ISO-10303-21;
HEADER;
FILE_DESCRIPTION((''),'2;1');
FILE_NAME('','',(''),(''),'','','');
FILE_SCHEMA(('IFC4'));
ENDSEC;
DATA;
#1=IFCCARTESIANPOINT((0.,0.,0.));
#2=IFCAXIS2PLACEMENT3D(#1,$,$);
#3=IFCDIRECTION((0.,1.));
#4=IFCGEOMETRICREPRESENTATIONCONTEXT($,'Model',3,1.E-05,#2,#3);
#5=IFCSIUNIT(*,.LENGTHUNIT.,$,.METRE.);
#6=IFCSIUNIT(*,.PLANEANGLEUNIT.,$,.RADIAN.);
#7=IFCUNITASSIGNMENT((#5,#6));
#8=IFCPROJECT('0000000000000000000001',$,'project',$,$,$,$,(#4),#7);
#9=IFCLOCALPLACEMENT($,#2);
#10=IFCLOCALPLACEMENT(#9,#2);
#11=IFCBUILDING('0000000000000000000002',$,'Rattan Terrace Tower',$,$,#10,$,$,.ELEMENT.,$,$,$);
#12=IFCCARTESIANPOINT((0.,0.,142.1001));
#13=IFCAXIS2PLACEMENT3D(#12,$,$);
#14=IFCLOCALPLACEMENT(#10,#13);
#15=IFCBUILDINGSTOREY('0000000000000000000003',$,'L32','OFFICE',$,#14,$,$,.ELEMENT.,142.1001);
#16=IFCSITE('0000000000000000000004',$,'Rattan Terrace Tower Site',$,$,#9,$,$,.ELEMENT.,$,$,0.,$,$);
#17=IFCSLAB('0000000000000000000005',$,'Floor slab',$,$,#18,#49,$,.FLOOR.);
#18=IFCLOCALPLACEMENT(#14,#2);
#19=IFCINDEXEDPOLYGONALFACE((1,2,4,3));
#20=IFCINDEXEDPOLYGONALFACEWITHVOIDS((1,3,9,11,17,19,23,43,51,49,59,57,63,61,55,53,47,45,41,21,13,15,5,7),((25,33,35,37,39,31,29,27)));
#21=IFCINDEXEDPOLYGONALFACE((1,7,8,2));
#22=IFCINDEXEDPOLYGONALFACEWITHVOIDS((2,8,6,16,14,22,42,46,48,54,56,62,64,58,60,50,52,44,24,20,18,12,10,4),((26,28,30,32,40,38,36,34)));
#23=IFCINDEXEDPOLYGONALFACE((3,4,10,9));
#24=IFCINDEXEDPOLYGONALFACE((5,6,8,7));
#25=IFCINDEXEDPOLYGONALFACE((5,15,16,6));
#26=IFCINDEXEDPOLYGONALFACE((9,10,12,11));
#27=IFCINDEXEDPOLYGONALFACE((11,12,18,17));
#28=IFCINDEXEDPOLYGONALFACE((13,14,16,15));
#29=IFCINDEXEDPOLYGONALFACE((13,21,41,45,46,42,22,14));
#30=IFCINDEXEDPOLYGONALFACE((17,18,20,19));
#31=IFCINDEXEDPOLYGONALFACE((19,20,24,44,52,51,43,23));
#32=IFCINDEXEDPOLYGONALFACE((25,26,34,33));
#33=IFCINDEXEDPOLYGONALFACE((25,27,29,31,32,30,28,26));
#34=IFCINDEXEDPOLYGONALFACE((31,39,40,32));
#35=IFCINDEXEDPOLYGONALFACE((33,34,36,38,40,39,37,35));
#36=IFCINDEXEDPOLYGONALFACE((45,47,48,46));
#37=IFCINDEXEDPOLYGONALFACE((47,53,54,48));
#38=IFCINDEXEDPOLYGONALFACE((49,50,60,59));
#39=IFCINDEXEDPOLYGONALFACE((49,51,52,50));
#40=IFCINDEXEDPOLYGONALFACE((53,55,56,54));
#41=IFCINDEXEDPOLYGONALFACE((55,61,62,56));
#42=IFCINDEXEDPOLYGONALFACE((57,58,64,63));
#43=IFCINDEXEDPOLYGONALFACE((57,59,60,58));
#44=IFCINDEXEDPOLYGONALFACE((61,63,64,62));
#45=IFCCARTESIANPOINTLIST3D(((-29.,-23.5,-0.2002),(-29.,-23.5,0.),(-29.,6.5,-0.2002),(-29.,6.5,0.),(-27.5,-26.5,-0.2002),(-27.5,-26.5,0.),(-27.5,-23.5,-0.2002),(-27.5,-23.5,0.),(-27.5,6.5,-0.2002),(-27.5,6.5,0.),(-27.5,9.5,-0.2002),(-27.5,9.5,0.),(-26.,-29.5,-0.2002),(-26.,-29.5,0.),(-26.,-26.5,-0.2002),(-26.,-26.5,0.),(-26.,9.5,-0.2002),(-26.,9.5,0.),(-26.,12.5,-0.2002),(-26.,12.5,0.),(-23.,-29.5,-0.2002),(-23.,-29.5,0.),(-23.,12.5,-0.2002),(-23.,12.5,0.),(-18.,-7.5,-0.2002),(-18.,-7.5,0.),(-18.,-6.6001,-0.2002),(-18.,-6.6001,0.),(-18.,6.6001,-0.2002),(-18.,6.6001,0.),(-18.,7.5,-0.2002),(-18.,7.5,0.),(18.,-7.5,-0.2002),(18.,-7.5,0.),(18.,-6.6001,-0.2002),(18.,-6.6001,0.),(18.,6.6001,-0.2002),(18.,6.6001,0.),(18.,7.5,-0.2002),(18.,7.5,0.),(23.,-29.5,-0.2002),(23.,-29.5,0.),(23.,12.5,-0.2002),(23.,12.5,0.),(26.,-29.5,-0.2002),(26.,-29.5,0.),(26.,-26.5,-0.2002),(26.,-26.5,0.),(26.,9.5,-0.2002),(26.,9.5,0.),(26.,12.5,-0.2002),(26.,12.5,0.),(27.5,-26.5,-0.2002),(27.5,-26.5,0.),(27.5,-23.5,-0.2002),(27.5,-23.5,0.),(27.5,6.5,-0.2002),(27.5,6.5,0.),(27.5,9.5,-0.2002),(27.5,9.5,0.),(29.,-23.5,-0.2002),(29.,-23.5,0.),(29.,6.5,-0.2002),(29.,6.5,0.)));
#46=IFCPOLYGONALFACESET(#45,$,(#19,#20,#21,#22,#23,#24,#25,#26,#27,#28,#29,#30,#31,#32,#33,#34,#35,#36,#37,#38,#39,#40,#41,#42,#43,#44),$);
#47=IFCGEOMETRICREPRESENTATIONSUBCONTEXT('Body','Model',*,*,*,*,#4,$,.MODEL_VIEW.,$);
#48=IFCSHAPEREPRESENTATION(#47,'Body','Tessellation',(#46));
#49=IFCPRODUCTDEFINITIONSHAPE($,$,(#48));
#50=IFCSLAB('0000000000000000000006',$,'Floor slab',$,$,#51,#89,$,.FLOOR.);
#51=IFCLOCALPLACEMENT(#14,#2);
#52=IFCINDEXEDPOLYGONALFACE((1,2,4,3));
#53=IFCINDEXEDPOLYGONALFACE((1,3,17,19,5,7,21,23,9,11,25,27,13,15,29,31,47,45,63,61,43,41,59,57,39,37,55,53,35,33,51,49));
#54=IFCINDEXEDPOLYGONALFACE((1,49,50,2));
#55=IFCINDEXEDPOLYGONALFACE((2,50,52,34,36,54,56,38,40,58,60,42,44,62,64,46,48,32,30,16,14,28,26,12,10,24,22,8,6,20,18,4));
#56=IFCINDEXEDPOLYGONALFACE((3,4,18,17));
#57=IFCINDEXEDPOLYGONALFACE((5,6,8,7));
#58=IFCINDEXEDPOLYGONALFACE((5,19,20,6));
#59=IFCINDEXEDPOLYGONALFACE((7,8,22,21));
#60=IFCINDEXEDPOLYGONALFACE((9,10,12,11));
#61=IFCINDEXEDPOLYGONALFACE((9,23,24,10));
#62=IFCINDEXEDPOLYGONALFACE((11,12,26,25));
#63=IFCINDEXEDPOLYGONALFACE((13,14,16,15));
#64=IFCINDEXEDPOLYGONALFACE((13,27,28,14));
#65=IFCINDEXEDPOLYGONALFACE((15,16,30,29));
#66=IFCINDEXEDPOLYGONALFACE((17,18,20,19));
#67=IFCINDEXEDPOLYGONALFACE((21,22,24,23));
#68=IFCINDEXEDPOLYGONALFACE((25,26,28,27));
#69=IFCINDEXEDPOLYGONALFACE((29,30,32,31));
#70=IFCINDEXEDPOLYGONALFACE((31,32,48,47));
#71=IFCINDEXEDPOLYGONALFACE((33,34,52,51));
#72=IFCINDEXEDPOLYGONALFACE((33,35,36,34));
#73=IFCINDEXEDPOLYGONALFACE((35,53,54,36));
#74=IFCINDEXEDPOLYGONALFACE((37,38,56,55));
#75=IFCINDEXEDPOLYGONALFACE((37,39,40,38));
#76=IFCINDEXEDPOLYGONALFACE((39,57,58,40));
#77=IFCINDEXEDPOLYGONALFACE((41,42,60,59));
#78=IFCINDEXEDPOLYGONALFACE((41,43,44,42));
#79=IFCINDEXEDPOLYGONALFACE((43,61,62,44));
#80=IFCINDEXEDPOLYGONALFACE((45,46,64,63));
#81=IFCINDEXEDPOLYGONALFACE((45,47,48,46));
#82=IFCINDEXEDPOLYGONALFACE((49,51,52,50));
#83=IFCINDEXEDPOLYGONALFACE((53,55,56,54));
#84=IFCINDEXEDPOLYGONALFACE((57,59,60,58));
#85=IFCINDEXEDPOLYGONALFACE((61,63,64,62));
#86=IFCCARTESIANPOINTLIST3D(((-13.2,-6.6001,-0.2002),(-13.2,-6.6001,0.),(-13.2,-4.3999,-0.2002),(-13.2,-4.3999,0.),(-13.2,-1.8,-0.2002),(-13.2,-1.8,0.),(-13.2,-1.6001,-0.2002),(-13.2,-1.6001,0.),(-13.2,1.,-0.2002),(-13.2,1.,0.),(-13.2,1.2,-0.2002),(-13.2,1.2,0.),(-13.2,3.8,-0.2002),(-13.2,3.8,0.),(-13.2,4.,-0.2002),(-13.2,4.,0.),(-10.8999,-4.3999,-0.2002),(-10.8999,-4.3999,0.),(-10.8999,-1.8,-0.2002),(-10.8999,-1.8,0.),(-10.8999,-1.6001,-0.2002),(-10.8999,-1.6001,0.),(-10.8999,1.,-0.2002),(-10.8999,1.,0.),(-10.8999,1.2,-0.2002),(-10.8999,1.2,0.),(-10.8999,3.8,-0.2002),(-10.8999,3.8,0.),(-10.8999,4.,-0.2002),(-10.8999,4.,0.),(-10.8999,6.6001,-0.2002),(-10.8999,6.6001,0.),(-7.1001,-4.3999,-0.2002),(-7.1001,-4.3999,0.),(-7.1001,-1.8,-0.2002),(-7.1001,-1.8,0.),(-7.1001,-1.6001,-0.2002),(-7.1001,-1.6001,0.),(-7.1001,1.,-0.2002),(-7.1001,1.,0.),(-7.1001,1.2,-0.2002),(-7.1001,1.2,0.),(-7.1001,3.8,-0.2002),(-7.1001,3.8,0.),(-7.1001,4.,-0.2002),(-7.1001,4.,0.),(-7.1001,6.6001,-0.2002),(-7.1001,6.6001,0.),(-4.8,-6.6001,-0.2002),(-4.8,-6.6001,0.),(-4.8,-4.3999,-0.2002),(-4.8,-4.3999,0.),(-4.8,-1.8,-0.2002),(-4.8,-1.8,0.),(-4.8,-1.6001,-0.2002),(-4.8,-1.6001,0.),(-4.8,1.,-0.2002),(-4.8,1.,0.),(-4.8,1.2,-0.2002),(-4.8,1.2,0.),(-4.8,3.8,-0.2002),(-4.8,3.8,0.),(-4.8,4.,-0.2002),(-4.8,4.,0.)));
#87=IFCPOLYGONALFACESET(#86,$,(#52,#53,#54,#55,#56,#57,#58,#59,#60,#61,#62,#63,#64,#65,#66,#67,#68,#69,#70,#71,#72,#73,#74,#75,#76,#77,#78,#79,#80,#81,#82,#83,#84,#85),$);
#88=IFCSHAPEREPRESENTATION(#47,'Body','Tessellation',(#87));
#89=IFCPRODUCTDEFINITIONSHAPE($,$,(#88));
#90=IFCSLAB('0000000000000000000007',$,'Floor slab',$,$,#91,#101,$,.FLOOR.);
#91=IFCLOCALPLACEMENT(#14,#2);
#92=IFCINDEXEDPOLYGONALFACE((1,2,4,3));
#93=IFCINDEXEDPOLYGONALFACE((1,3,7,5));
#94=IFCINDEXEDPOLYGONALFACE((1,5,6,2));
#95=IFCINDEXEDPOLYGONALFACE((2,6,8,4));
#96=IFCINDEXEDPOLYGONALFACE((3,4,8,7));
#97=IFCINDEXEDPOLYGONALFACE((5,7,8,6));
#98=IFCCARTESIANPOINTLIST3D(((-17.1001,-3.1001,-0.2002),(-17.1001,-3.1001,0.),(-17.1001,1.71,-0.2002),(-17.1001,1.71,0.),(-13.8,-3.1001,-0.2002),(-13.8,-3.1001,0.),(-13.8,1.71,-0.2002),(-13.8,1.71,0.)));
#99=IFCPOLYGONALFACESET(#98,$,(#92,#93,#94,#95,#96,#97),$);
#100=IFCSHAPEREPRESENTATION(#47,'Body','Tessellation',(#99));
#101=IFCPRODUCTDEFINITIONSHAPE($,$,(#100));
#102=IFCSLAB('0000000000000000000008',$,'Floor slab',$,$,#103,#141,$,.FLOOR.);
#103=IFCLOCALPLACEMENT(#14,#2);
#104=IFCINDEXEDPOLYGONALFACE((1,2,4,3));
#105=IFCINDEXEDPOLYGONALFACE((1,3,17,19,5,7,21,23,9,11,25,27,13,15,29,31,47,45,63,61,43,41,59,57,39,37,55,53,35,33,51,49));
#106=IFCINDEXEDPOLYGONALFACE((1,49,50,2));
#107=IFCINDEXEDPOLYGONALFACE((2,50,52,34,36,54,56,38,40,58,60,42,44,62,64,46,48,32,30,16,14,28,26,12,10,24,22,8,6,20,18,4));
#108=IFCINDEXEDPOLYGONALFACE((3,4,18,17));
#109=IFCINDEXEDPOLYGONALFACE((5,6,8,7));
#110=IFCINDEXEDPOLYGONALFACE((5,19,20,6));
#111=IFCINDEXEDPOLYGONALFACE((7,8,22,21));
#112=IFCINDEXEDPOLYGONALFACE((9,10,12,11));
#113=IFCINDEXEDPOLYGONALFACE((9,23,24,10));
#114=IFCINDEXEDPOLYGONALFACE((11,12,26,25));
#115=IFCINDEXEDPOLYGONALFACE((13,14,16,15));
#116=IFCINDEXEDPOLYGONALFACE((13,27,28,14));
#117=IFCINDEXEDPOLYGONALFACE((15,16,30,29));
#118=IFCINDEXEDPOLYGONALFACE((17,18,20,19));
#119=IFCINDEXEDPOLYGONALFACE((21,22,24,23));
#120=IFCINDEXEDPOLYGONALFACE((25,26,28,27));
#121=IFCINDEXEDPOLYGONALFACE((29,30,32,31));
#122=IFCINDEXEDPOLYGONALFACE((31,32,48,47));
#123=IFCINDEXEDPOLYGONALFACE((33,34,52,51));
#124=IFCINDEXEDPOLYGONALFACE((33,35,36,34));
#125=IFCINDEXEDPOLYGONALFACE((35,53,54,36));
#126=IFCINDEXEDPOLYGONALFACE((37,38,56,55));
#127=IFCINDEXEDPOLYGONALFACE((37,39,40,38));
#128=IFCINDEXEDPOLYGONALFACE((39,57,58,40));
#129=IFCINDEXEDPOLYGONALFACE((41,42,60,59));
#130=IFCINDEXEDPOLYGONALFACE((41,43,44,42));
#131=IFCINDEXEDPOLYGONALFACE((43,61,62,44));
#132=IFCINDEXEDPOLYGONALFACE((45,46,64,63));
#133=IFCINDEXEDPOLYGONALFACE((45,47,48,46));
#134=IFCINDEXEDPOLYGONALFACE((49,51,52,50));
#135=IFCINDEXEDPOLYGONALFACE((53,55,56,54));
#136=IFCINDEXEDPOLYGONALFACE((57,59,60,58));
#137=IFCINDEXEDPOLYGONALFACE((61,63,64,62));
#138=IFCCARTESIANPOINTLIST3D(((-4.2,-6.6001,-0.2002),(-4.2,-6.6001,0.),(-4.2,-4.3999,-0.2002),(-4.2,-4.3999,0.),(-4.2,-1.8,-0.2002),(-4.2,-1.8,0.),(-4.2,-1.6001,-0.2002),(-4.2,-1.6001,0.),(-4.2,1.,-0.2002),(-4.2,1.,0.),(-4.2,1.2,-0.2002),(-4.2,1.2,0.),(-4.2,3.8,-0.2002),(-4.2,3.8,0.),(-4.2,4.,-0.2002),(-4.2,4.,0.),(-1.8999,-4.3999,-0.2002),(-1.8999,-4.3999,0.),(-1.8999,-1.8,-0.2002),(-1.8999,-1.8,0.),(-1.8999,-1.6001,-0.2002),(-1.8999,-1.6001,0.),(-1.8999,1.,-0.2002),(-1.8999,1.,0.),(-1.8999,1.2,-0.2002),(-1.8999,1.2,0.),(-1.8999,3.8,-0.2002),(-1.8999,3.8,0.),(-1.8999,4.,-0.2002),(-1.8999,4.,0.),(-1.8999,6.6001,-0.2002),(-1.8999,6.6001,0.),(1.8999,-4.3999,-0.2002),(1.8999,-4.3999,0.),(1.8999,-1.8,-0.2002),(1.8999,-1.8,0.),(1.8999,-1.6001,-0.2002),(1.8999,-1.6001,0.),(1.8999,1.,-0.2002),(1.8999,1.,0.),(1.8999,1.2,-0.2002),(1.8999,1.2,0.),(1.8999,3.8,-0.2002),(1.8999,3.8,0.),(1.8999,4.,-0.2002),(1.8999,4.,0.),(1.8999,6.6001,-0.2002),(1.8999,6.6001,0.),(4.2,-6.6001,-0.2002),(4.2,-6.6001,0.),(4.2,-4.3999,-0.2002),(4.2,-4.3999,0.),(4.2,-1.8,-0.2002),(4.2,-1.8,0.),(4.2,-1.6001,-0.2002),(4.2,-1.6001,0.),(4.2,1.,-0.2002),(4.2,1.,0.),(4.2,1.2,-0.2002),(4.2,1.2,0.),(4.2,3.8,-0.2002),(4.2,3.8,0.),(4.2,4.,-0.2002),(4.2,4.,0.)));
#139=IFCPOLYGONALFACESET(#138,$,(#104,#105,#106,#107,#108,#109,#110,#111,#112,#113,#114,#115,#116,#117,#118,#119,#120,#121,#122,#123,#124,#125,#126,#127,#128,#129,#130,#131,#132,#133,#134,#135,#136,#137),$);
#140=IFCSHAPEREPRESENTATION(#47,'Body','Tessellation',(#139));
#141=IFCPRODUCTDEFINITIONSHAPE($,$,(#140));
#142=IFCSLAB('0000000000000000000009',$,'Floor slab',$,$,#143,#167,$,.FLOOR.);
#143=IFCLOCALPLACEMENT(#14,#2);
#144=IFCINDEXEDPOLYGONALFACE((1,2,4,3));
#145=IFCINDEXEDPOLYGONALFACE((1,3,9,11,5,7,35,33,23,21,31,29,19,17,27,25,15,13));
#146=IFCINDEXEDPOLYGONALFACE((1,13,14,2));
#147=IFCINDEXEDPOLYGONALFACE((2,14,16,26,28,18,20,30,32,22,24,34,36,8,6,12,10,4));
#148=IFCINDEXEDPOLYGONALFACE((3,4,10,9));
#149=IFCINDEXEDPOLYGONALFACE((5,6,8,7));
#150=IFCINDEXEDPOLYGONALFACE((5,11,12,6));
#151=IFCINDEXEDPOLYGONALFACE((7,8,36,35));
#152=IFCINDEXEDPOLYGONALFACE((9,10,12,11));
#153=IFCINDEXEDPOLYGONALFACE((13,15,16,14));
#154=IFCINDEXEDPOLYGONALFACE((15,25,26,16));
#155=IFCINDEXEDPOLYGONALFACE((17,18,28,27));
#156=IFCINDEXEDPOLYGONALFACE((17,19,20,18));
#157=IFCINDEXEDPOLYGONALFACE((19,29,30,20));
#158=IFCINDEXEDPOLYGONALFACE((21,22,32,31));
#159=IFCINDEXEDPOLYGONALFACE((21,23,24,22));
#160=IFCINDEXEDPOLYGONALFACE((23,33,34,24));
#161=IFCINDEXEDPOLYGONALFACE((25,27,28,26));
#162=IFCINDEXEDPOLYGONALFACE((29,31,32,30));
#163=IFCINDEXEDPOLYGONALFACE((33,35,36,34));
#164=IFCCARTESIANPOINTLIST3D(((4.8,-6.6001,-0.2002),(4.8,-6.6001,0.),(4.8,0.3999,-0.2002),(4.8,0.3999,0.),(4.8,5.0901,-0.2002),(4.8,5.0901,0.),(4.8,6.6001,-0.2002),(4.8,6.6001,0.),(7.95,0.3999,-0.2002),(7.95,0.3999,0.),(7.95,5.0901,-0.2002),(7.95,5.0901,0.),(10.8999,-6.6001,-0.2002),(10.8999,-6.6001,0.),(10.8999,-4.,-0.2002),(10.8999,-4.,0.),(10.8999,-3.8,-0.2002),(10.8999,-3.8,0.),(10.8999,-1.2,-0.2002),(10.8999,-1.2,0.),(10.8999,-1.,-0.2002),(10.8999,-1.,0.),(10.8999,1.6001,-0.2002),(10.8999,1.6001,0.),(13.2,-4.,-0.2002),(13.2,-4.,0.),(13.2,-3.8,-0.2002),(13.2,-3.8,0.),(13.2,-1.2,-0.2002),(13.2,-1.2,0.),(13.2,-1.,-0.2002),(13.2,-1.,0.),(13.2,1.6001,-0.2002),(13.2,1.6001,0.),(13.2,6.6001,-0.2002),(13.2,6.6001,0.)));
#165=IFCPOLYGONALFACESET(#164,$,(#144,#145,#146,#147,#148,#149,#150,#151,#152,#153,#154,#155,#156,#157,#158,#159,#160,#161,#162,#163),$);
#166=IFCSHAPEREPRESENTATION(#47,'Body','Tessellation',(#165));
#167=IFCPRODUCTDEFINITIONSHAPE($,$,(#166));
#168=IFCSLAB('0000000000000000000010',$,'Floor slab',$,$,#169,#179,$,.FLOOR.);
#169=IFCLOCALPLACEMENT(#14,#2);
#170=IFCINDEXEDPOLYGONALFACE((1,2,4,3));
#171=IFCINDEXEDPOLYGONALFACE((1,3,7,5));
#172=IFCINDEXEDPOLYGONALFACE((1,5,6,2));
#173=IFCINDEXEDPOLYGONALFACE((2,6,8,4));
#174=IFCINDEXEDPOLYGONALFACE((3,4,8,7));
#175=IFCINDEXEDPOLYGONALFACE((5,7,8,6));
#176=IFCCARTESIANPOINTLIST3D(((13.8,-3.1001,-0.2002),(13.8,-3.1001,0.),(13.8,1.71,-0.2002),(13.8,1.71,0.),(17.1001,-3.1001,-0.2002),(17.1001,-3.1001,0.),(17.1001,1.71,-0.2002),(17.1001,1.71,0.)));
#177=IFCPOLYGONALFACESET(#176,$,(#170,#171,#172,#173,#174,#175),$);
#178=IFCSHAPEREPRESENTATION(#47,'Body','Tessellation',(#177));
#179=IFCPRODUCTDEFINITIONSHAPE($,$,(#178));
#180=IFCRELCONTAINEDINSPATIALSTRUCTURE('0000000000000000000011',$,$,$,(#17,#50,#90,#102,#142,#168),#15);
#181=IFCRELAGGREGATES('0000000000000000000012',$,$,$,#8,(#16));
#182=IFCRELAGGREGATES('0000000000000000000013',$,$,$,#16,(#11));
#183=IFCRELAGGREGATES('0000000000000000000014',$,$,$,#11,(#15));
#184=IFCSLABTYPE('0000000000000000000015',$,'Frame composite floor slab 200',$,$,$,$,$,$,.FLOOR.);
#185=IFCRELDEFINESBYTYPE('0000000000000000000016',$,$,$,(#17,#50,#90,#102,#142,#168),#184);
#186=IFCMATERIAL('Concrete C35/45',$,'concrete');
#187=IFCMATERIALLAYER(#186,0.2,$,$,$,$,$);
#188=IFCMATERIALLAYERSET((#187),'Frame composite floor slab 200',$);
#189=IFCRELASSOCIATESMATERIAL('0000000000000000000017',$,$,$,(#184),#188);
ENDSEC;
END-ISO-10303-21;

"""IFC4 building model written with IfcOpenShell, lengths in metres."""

from ifc_helpers import new_model, si_unit, direction, frame, origin, place, context, subcontext, project, spatial, polyline, outline, extrude, material, layer, layer_set, type_object, element, save


model = new_model("IFC4")

# Units and contexts
model_context = context("Model", 3, precision=1e-05, world=origin(), true_north=direction((0.0, 1.0)))
body_context = subcontext(model_context, "Body", "Model", "MODEL_VIEW")
ifc_project = project(units=[si_unit("LENGTHUNIT", "METRE"), si_unit("PLANEANGLEUNIT", "RADIAN")], contexts=[model_context])

# Site, building, storey
site_placement = place(None, origin())
site = spatial("IfcSite", under=ifc_project, at=site_placement, Name="Rattan Terrace Tower Site", CompositionType="ELEMENT", RefElevation=0.0)
building_placement = place(site_placement, origin())
building = spatial("IfcBuilding", under=site, at=building_placement, Name="Rattan Terrace Tower", CompositionType="ELEMENT")
storey_placement = place(building_placement, frame((0.0, 0.0, 142.1001)))
storey = spatial("IfcBuildingStorey", under=building, at=storey_placement, Name="L32", Description="OFFICE", CompositionType="ELEMENT", Elevation=142.1001)

# Slabs
ifc_material_1 = material(Name="Concrete C35/45", Category="concrete")
ifc_layer_1 = layer(ifc_material_1, 0.2)
ifc_layer_set_1 = layer_set([ifc_layer_1], Name="Frame composite floor slab 200")
slab_type = type_object("IfcSlabType", Name="Frame composite floor slab 200", PredefinedType="FLOOR", material=ifc_layer_set_1)
slab_1_placement = place(storey_placement, frame((0.0, 0.0, -0.2002)))
element("IfcSlab", 1, at=slab_1_placement, inside=storey, type_object=slab_type, Name="Floor slab", PredefinedType="FLOOR", context=body_context, shape_type="SweptSolid", body=[
    extrude(outline(polyline([(-23.0, -29.5), (23.0, -29.5), (26.0, -29.5), (26.0, -26.5), (27.5, -26.5), (27.5, -23.5), (29.0, -23.5), (29.0, 6.5), (27.5, 6.5), (27.5, 9.5), (26.0, 9.5), (26.0, 12.5), (23.0, 12.5), (-23.0, 12.5), (-26.0, 12.5), (-26.0, 9.5), (-27.5, 9.5), (-27.5, 6.5), (-29.0, 6.5), (-29.0, -23.5), (-27.5, -23.5), (-27.5, -26.5), (-26.0, -26.5), (-26.0, -29.5), (-23.0, -29.5)]), holes=[polyline([(-18.0, -6.6001), (-18.0, -7.5), (18.0, -7.5), (18.0, -6.6001), (18.0, 6.6001), (18.0, 7.5), (-18.0, 7.5), (-18.0, 6.6001), (-18.0, -6.6001)])]), origin(), (0.0, 0.0, 1.0), 0.2002),
])
slab_2_placement = place(storey_placement, frame((0.0, 0.0, -0.2002)))
element("IfcSlab", 2, at=slab_2_placement, inside=storey, type_object=slab_type, Name="Floor slab", PredefinedType="FLOOR", context=body_context, shape_type="SweptSolid", body=[
    extrude(outline(polyline([(-10.8999, 6.6001), (-10.8999, 4.0), (-13.2, 4.0), (-13.2, 3.8), (-10.8999, 3.8), (-10.8999, 1.2), (-13.2, 1.2), (-13.2, 1.0), (-10.8999, 1.0), (-10.8999, -1.6001), (-13.2, -1.6001), (-13.2, -1.8), (-10.8999, -1.8), (-10.8999, -4.3999), (-13.2, -4.3999), (-13.2, -6.6001), (-4.8, -6.6001), (-4.8, -4.3999), (-7.1001, -4.3999), (-7.1001, -1.8), (-4.8, -1.8), (-4.8, -1.6001), (-7.1001, -1.6001), (-7.1001, 1.0), (-4.8, 1.0), (-4.8, 1.2), (-7.1001, 1.2), (-7.1001, 3.8), (-4.8, 3.8), (-4.8, 4.0), (-7.1001, 4.0), (-7.1001, 6.6001), (-10.8999, 6.6001)])), origin(), (0.0, 0.0, 1.0), 0.2002),
])
slab_3_placement = place(storey_placement, frame((0.0, 0.0, -0.2002)))
element("IfcSlab", 3, at=slab_3_placement, inside=storey, type_object=slab_type, Name="Floor slab", PredefinedType="FLOOR", context=body_context, shape_type="SweptSolid", body=[
    extrude(outline(polyline([(-17.1001, -3.1001), (-13.8, -3.1001), (-13.8, 1.71), (-17.1001, 1.71), (-17.1001, -3.1001)])), origin(), (0.0, 0.0, 1.0), 0.2002),
])
slab_4_placement = place(storey_placement, frame((0.0, 0.0, -0.2002)))
element("IfcSlab", 4, at=slab_4_placement, inside=storey, type_object=slab_type, Name="Floor slab", PredefinedType="FLOOR", context=body_context, shape_type="SweptSolid", body=[
    extrude(outline(polyline([(-4.2, 4.0), (-4.2, 3.8), (-1.8999, 3.8), (-1.8999, 1.2), (-4.2, 1.2), (-4.2, 1.0), (-1.8999, 1.0), (-1.8999, -1.6001), (-4.2, -1.6001), (-4.2, -1.8), (-1.8999, -1.8), (-1.8999, -4.3999), (-4.2, -4.3999), (-4.2, -6.6001), (4.2, -6.6001), (4.2, -4.3999), (1.8999, -4.3999), (1.8999, -1.8), (4.2, -1.8), (4.2, -1.6001), (1.8999, -1.6001), (1.8999, 1.0), (4.2, 1.0), (4.2, 1.2), (1.8999, 1.2), (1.8999, 3.8), (4.2, 3.8), (4.2, 4.0), (1.8999, 4.0), (1.8999, 6.6001), (-1.8999, 6.6001), (-1.8999, 4.0), (-4.2, 4.0)])), origin(), (0.0, 0.0, 1.0), 0.2002),
])
slab_5_placement = place(storey_placement, frame((0.0, 0.0, -0.2002)))
element("IfcSlab", 5, at=slab_5_placement, inside=storey, type_object=slab_type, Name="Floor slab", PredefinedType="FLOOR", context=body_context, shape_type="SweptSolid", body=[
    extrude(outline(polyline([(4.8, 5.0901), (7.95, 5.0901), (7.95, 0.3999), (4.8, 0.3999), (4.8, -6.6001), (10.8999, -6.6001), (10.8999, -4.0), (13.2, -4.0), (13.2, -3.8), (10.8999, -3.8), (10.8999, -1.2), (13.2, -1.2), (13.2, -1.0), (10.8999, -1.0), (10.8999, 1.6001), (13.2, 1.6001), (13.2, 6.6001), (4.8, 6.6001), (4.8, 5.0901)])), origin(), (0.0, 0.0, 1.0), 0.2002),
])
slab_6_placement = place(storey_placement, frame((0.0, 0.0, -0.2002)))
element("IfcSlab", 6, at=slab_6_placement, inside=storey, type_object=slab_type, Name="Floor slab", PredefinedType="FLOOR", context=body_context, shape_type="SweptSolid", body=[
    extrude(outline(polyline([(13.8, -3.1001), (17.1001, -3.1001), (17.1001, 1.71), (13.8, 1.71), (13.8, -3.1001)])), origin(), (0.0, 0.0, 1.0), 0.2002),
])

save(model, "model.ifc")
